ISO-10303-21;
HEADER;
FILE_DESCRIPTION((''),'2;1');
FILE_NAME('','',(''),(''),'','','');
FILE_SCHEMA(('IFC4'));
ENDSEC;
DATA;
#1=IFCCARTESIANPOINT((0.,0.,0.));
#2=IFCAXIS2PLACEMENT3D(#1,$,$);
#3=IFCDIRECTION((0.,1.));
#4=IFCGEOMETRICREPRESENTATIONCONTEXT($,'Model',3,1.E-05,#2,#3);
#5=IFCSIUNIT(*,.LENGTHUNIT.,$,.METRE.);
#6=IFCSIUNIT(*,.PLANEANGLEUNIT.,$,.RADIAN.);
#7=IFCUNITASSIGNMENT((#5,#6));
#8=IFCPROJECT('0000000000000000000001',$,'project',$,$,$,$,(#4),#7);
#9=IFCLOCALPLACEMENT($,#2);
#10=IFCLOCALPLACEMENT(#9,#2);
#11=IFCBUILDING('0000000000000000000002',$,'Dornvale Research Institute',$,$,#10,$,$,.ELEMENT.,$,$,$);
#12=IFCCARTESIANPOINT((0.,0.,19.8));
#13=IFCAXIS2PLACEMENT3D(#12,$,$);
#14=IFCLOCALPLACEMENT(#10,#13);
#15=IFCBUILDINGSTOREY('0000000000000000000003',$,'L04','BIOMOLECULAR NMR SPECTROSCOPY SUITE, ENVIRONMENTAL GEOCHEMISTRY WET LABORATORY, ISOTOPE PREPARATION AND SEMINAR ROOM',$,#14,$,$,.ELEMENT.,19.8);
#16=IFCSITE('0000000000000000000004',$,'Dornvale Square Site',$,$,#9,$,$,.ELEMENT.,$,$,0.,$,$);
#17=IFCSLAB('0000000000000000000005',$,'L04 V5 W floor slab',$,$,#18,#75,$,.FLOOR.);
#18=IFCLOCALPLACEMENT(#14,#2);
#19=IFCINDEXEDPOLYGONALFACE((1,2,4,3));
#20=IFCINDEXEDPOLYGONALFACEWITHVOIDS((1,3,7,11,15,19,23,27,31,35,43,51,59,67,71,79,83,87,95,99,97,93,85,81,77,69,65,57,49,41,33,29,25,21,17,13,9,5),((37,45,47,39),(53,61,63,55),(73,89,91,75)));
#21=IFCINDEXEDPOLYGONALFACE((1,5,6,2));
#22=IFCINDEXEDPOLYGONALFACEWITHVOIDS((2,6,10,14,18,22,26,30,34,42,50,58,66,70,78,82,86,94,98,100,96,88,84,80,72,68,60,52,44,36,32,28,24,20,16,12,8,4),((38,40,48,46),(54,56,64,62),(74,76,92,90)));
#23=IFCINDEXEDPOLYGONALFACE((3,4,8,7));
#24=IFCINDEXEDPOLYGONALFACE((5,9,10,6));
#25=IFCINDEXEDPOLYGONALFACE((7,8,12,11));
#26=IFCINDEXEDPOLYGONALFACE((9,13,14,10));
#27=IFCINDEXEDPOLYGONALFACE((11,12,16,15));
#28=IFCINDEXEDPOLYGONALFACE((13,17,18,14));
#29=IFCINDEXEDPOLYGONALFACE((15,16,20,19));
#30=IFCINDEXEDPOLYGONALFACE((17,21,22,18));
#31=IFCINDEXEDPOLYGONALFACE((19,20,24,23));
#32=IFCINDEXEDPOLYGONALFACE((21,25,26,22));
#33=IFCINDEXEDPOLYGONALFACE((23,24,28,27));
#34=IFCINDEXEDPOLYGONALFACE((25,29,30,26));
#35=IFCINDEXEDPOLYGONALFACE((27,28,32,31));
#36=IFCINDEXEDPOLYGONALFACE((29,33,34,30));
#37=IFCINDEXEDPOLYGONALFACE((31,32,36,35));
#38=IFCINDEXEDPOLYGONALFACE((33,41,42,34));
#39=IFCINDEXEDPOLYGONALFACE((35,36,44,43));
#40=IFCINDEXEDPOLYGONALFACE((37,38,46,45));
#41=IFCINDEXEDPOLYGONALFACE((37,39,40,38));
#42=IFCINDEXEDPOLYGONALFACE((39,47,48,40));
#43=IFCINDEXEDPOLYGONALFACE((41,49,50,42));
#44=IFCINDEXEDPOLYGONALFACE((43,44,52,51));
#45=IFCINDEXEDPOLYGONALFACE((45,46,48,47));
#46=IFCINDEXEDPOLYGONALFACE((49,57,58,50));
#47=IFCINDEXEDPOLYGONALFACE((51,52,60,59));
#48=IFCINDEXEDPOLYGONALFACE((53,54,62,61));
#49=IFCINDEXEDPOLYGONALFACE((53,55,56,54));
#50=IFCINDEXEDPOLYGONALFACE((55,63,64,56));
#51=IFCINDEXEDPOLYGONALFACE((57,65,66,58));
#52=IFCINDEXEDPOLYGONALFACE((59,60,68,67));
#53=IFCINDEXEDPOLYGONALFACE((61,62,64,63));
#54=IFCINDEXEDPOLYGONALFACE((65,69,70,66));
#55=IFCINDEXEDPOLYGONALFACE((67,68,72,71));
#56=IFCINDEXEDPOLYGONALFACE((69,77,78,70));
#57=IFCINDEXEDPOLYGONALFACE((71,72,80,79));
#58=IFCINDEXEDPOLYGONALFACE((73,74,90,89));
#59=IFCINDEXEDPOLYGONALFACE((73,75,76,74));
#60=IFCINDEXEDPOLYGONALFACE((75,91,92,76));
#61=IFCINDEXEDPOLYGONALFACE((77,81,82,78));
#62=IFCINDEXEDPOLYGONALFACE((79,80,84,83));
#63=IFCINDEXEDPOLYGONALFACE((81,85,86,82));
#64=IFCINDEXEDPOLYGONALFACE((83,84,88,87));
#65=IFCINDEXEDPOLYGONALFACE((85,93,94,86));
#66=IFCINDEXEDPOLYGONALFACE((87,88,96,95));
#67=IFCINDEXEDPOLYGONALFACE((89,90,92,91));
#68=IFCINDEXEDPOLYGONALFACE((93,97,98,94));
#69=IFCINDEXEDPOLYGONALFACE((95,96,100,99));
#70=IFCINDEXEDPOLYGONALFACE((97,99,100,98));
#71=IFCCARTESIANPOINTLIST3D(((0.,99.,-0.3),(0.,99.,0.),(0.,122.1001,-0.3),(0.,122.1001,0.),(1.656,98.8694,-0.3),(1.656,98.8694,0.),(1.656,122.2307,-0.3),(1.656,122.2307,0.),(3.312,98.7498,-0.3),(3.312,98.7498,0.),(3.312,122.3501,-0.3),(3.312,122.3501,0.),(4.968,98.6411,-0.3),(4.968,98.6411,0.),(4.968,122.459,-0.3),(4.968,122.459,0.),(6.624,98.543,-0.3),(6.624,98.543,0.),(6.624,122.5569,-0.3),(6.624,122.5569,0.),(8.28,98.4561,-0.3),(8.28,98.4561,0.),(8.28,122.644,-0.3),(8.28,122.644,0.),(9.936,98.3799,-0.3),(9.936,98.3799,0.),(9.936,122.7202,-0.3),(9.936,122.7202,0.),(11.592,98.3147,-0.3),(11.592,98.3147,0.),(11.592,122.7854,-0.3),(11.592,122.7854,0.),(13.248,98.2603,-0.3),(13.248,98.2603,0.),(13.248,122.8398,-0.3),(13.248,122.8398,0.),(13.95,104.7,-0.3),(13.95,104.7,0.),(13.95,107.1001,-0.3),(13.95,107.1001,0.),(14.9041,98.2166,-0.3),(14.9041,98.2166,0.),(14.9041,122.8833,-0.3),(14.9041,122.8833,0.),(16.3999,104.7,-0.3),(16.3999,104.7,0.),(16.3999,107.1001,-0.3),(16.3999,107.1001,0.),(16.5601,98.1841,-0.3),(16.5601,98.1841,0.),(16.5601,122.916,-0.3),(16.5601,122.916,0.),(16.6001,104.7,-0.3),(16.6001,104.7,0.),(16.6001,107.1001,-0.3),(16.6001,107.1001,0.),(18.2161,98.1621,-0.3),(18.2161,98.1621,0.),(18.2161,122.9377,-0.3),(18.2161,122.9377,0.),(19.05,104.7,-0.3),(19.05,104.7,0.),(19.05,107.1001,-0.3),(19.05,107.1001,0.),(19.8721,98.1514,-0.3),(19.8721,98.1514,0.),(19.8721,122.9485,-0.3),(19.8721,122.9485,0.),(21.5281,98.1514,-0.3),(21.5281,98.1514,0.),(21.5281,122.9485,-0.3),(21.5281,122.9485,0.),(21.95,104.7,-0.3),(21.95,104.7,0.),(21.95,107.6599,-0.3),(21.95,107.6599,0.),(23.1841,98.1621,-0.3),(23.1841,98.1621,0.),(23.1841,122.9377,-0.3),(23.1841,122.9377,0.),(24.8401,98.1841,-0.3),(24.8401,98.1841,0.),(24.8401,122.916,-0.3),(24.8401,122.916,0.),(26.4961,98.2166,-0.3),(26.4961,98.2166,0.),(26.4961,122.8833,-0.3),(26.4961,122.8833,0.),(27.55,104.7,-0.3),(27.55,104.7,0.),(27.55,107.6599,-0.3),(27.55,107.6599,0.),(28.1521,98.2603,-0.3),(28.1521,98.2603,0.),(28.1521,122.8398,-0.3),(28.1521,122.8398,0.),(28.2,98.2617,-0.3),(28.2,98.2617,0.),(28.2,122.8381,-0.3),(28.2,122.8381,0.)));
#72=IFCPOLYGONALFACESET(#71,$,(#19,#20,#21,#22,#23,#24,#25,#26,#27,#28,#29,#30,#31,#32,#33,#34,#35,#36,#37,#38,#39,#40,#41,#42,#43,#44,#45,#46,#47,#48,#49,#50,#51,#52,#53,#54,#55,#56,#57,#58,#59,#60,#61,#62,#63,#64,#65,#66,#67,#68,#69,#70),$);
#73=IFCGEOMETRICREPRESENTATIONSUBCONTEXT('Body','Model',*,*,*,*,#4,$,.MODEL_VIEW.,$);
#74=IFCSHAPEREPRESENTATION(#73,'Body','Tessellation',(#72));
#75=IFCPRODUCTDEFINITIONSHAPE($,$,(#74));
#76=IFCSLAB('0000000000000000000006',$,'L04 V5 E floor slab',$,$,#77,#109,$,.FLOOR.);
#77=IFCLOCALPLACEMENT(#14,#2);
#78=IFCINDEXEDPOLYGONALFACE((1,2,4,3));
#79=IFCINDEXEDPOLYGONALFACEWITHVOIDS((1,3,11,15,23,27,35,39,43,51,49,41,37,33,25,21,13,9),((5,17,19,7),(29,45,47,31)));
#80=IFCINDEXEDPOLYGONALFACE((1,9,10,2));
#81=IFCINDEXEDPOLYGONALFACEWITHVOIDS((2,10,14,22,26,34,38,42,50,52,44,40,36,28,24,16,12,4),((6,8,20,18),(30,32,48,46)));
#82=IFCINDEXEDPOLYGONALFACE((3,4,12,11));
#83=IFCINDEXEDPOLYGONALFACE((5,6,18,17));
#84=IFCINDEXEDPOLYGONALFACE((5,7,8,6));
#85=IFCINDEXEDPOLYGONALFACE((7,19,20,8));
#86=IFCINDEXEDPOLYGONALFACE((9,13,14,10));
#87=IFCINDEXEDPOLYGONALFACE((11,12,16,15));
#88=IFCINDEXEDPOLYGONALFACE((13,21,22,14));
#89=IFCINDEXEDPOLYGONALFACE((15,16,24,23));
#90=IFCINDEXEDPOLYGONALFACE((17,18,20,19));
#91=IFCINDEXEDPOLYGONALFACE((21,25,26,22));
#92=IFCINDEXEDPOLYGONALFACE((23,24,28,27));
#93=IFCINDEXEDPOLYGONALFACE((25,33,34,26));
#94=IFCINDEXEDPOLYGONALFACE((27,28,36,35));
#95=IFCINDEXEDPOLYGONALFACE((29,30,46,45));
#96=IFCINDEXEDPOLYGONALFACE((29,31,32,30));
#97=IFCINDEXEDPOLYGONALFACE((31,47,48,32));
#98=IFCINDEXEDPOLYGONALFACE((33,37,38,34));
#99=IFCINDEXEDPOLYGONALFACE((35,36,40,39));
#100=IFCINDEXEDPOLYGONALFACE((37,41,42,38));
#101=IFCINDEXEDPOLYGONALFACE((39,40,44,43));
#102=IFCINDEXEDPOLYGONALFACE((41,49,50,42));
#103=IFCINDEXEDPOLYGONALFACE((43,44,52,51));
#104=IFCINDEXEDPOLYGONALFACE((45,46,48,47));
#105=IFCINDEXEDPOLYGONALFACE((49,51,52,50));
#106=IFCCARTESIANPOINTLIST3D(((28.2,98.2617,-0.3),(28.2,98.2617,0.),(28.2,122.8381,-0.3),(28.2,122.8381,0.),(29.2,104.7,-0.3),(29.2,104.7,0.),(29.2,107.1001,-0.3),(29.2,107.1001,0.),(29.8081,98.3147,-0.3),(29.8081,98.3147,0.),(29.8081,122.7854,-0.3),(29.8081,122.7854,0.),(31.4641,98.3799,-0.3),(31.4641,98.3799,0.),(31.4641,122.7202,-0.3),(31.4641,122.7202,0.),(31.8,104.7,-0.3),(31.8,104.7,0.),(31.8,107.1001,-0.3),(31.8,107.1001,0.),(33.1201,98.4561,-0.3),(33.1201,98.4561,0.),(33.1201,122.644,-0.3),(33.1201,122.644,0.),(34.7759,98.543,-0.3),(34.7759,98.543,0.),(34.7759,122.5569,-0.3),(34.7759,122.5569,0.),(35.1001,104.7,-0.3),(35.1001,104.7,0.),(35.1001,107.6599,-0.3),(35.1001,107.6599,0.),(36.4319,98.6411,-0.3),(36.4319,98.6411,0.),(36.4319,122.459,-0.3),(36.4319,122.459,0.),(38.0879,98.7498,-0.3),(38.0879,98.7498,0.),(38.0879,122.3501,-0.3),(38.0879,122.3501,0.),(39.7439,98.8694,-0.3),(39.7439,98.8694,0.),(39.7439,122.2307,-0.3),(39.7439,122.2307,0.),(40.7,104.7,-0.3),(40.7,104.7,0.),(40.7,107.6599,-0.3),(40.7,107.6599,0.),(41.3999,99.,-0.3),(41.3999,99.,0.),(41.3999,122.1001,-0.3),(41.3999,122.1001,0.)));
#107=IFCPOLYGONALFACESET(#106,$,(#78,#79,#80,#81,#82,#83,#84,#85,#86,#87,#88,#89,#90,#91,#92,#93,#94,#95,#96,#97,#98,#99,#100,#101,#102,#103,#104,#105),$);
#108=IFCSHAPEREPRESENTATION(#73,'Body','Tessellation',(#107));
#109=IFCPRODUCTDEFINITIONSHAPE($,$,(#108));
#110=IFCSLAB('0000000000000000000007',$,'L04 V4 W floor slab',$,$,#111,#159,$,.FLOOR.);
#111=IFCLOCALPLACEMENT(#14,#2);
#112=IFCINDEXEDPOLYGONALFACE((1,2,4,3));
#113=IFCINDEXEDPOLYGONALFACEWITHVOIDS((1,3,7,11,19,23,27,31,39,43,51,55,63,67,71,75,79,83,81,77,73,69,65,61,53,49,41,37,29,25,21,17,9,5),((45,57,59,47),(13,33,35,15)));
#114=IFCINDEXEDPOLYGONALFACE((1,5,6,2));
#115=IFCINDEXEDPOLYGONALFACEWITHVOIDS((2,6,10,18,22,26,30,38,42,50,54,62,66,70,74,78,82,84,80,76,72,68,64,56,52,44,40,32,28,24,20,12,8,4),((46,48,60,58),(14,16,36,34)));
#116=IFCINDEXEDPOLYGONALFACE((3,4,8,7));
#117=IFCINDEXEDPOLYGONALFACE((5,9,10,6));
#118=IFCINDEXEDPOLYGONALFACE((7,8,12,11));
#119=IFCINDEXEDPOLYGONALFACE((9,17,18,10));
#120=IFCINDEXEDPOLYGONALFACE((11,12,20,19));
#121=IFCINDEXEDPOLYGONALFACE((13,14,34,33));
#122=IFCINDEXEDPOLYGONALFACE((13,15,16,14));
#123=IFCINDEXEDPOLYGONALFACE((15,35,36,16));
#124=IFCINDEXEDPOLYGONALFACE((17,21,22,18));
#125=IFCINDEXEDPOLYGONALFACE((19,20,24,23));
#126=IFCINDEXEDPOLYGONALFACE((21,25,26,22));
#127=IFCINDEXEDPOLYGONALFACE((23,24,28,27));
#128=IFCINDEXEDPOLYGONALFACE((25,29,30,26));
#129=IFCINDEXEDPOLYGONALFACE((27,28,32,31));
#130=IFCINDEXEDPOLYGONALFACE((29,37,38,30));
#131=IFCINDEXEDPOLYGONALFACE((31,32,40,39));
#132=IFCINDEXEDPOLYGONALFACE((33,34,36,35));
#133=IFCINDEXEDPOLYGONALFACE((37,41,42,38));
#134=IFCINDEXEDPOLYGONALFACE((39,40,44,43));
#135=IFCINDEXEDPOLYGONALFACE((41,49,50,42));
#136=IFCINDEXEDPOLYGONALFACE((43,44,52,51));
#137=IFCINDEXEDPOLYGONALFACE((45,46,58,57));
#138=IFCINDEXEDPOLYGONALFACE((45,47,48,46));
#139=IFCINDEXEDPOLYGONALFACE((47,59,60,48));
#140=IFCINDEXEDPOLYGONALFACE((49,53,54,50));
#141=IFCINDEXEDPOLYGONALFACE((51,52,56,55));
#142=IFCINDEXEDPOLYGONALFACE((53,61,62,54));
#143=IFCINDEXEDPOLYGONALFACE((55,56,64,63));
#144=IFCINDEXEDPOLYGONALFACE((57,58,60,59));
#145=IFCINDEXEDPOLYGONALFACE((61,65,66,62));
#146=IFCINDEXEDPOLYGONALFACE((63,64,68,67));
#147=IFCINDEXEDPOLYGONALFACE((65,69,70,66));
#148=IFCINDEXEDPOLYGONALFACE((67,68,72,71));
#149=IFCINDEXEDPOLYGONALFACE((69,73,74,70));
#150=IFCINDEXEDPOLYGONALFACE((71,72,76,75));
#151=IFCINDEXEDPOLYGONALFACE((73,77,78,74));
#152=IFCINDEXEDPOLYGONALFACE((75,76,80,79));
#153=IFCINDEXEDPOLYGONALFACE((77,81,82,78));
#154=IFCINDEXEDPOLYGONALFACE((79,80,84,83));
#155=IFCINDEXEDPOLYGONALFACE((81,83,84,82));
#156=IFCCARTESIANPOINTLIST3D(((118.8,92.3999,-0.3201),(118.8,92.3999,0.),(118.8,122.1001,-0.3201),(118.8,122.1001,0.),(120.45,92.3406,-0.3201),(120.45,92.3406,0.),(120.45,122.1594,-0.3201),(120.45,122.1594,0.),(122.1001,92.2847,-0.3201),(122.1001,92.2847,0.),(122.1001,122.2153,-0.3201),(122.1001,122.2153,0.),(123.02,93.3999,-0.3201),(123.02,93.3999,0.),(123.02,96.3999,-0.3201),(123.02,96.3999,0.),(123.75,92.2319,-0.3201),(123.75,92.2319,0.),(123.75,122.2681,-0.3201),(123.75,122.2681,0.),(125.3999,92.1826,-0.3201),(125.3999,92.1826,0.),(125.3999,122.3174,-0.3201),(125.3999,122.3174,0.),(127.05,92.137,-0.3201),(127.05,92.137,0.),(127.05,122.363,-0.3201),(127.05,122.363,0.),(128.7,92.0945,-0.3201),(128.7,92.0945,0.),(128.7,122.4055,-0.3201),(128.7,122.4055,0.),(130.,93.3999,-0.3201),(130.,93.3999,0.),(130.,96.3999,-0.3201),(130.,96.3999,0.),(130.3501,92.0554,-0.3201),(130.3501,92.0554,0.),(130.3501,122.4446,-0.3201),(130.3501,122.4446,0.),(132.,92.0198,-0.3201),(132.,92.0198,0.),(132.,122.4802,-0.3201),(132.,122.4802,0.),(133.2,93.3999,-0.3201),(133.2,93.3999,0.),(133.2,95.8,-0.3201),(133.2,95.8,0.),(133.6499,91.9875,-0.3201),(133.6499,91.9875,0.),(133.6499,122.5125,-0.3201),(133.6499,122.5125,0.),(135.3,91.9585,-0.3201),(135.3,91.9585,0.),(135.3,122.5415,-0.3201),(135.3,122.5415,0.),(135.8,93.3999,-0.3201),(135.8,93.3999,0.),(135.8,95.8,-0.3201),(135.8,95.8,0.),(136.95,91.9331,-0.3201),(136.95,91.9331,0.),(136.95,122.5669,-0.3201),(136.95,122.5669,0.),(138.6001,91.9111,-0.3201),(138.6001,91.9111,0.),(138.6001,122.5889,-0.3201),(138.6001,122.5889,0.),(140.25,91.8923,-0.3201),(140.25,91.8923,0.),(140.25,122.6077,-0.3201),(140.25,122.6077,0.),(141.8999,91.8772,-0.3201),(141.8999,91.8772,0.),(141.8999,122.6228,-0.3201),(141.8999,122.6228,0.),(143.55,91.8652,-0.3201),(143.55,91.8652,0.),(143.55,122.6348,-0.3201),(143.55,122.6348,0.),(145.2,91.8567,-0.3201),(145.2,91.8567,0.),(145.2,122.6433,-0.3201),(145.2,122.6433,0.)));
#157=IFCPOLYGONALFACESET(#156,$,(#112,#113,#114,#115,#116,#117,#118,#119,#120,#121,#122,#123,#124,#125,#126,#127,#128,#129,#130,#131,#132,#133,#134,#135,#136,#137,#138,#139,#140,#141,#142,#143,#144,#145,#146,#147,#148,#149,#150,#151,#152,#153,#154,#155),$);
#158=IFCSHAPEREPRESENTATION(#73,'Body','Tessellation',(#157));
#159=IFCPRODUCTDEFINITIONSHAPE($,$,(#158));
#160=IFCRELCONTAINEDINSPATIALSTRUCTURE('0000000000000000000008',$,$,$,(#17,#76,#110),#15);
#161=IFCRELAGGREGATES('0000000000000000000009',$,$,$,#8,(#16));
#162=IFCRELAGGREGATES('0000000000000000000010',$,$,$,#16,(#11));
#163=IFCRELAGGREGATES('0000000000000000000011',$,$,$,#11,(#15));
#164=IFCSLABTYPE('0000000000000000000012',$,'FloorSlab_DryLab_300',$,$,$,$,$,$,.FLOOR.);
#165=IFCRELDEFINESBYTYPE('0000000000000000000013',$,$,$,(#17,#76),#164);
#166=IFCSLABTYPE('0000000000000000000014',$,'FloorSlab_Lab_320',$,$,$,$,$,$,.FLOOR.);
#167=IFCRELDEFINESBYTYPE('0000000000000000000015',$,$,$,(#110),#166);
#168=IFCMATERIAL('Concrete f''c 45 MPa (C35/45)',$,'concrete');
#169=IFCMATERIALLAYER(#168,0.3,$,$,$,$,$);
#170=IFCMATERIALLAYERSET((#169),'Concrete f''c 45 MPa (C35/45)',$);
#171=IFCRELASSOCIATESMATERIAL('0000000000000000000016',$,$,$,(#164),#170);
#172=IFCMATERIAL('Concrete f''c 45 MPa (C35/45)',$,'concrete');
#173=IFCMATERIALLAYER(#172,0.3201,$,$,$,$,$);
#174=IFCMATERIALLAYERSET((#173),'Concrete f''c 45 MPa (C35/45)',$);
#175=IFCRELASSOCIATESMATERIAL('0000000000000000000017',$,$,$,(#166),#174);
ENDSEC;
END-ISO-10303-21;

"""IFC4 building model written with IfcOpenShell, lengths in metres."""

from ifc_helpers import new_model, si_unit, direction, frame, origin, place, context, subcontext, project, spatial, polyline, outline, extrude, material, layer, layer_set, type_object, element, save


model = new_model("IFC4")

# Units and contexts
model_context = context("Model", 3, precision=1e-05, world=origin(), true_north=direction((0.0, 1.0)))
body_context = subcontext(model_context, "Body", "Model", "MODEL_VIEW")
ifc_project = project(units=[si_unit("LENGTHUNIT", "METRE"), si_unit("PLANEANGLEUNIT", "RADIAN")], contexts=[model_context])

# Site, building, storey
site_placement = place(None, origin())
site = spatial("IfcSite", under=ifc_project, at=site_placement, Name="Dornvale Square Site", CompositionType="ELEMENT", RefElevation=0.0)
building_placement = place(site_placement, origin())
building = spatial("IfcBuilding", under=site, at=building_placement, Name="Dornvale Research Institute", CompositionType="ELEMENT")
storey_placement = place(building_placement, frame((0.0, 0.0, 19.8)))
storey = spatial("IfcBuildingStorey", under=building, at=storey_placement, Name="L04", Description="BIOMOLECULAR NMR SPECTROSCOPY SUITE, ENVIRONMENTAL GEOCHEMISTRY WET LABORATORY, ISOTOPE PREPARATION AND SEMINAR ROOM", CompositionType="ELEMENT", Elevation=19.8)

# Slabs
ifc_material_1 = material(Name="Concrete f'c 45 MPa (C35/45)", Category="concrete")
ifc_layer_1 = layer(ifc_material_1, 0.3)
ifc_layer_set_1 = layer_set([ifc_layer_1], Name="Concrete f'c 45 MPa (C35/45)")
slab_type_1 = type_object("IfcSlabType", Name="FloorSlab_DryLab_300", PredefinedType="FLOOR", material=ifc_layer_set_1)
slab_1_placement = place(storey_placement, frame((0.0, 0.0, -0.3)))
element("IfcSlab", 1, at=slab_1_placement, inside=storey, type_object=slab_type_1, Name="L04 V5 W floor slab", PredefinedType="FLOOR", context=body_context, shape_type="SweptSolid", body=[
    extrude(outline(polyline([(28.1521, 98.2603), (26.4961, 98.2166), (24.8401, 98.1841), (23.1841, 98.1621), (21.5281, 98.1514), (19.8721, 98.1514), (18.2161, 98.1621), (16.5601, 98.1841), (14.9041, 98.2166), (13.248, 98.2603), (11.592, 98.3147), (9.936, 98.3799), (8.28, 98.4561), (6.624, 98.543), (4.968, 98.6411), (3.312, 98.7498), (1.656, 98.8694), (0.0, 99.0), (0.0, 122.1001), (1.656, 122.2307), (3.312, 122.3501), (4.968, 122.459), (6.624, 122.5569), (8.28, 122.644), (9.936, 122.7202), (11.592, 122.7854), (13.248, 122.8398), (14.9041, 122.8833), (16.5601, 122.916), (18.2161, 122.9377), (19.8721, 122.9485), (21.5281, 122.9485), (23.1841, 122.9377), (24.8401, 122.916), (26.4961, 122.8833), (28.1521, 122.8398), (28.2, 122.8381), (28.2, 98.2617), (28.1521, 98.2603)]), holes=[polyline([(21.95, 104.7), (27.55, 104.7), (27.55, 107.6599), (21.95, 107.6599), (21.95, 104.7)]), polyline([(13.95, 104.7), (16.3999, 104.7), (16.3999, 107.1001), (13.95, 107.1001), (13.95, 104.7)]), polyline([(16.6001, 104.7), (19.05, 104.7), (19.05, 107.1001), (16.6001, 107.1001), (16.6001, 104.7)])]), origin(), (0.0, 0.0, 1.0), 0.3),
])
slab_2_placement = place(storey_placement, frame((0.0, 0.0, -0.3)))
element("IfcSlab", 2, at=slab_2_placement, inside=storey, type_object=slab_type_1, Name="L04 V5 E floor slab", PredefinedType="FLOOR", context=body_context, shape_type="SweptSolid", body=[
    extrude(outline(polyline([(29.8081, 122.7854), (31.4641, 122.7202), (33.1201, 122.644), (34.7759, 122.5569), (36.4319, 122.459), (38.0879, 122.3501), (39.7439, 122.2307), (41.3999, 122.1001), (41.3999, 99.0), (39.7439, 98.8694), (38.0879, 98.7498), (36.4319, 98.6411), (34.7759, 98.543), (33.1201, 98.4561), (31.4641, 98.3799), (29.8081, 98.3147), (28.2, 98.2617), (28.2, 122.8381), (29.8081, 122.7854)]), holes=[polyline([(35.1001, 104.7), (40.7, 104.7), (40.7, 107.6599), (35.1001, 107.6599), (35.1001, 104.7)]), polyline([(29.2, 104.7), (31.8, 104.7), (31.8, 107.1001), (29.2, 107.1001), (29.2, 104.7)])]), origin(), (0.0, 0.0, 1.0), 0.3),
])
ifc_material_2 = material(Name="Concrete f'c 45 MPa (C35/45)", Category="concrete")
ifc_layer_2 = layer(ifc_material_2, 0.3201)
ifc_layer_set_2 = layer_set([ifc_layer_2], Name="Concrete f'c 45 MPa (C35/45)")
slab_type_2 = type_object("IfcSlabType", Name="FloorSlab_Lab_320", PredefinedType="FLOOR", material=ifc_layer_set_2)
slab_3_placement = place(storey_placement, frame((0.0, 0.0, -0.3201)))
element("IfcSlab", 3, at=slab_3_placement, inside=storey, type_object=slab_type_2, Name="L04 V4 W floor slab", PredefinedType="FLOOR", context=body_context, shape_type="SweptSolid", body=[
    extrude(outline(polyline([(143.55, 91.8652), (141.8999, 91.8772), (140.25, 91.8923), (138.6001, 91.9111), (136.95, 91.9331), (135.3, 91.9585), (133.6499, 91.9875), (132.0, 92.0198), (130.3501, 92.0554), (128.7, 92.0945), (127.05, 92.137), (125.3999, 92.1826), (123.75, 92.2319), (122.1001, 92.2847), (120.45, 92.3406), (118.8, 92.3999), (118.8, 122.1001), (120.45, 122.1594), (122.1001, 122.2153), (123.75, 122.2681), (125.3999, 122.3174), (127.05, 122.363), (128.7, 122.4055), (130.3501, 122.4446), (132.0, 122.4802), (133.6499, 122.5125), (135.3, 122.5415), (136.95, 122.5669), (138.6001, 122.5889), (140.25, 122.6077), (141.8999, 122.6228), (143.55, 122.6348), (145.2, 122.6433), (145.2, 91.8567), (143.55, 91.8652)]), holes=[polyline([(123.02, 93.3999), (130.0, 93.3999), (130.0, 96.3999), (123.02, 96.3999), (123.02, 93.3999)]), polyline([(133.2, 93.3999), (135.8, 93.3999), (135.8, 95.8), (133.2, 95.8), (133.2, 93.3999)])]), origin(), (0.0, 0.0, 1.0), 0.3201),
])

save(model, "model.ifc")
